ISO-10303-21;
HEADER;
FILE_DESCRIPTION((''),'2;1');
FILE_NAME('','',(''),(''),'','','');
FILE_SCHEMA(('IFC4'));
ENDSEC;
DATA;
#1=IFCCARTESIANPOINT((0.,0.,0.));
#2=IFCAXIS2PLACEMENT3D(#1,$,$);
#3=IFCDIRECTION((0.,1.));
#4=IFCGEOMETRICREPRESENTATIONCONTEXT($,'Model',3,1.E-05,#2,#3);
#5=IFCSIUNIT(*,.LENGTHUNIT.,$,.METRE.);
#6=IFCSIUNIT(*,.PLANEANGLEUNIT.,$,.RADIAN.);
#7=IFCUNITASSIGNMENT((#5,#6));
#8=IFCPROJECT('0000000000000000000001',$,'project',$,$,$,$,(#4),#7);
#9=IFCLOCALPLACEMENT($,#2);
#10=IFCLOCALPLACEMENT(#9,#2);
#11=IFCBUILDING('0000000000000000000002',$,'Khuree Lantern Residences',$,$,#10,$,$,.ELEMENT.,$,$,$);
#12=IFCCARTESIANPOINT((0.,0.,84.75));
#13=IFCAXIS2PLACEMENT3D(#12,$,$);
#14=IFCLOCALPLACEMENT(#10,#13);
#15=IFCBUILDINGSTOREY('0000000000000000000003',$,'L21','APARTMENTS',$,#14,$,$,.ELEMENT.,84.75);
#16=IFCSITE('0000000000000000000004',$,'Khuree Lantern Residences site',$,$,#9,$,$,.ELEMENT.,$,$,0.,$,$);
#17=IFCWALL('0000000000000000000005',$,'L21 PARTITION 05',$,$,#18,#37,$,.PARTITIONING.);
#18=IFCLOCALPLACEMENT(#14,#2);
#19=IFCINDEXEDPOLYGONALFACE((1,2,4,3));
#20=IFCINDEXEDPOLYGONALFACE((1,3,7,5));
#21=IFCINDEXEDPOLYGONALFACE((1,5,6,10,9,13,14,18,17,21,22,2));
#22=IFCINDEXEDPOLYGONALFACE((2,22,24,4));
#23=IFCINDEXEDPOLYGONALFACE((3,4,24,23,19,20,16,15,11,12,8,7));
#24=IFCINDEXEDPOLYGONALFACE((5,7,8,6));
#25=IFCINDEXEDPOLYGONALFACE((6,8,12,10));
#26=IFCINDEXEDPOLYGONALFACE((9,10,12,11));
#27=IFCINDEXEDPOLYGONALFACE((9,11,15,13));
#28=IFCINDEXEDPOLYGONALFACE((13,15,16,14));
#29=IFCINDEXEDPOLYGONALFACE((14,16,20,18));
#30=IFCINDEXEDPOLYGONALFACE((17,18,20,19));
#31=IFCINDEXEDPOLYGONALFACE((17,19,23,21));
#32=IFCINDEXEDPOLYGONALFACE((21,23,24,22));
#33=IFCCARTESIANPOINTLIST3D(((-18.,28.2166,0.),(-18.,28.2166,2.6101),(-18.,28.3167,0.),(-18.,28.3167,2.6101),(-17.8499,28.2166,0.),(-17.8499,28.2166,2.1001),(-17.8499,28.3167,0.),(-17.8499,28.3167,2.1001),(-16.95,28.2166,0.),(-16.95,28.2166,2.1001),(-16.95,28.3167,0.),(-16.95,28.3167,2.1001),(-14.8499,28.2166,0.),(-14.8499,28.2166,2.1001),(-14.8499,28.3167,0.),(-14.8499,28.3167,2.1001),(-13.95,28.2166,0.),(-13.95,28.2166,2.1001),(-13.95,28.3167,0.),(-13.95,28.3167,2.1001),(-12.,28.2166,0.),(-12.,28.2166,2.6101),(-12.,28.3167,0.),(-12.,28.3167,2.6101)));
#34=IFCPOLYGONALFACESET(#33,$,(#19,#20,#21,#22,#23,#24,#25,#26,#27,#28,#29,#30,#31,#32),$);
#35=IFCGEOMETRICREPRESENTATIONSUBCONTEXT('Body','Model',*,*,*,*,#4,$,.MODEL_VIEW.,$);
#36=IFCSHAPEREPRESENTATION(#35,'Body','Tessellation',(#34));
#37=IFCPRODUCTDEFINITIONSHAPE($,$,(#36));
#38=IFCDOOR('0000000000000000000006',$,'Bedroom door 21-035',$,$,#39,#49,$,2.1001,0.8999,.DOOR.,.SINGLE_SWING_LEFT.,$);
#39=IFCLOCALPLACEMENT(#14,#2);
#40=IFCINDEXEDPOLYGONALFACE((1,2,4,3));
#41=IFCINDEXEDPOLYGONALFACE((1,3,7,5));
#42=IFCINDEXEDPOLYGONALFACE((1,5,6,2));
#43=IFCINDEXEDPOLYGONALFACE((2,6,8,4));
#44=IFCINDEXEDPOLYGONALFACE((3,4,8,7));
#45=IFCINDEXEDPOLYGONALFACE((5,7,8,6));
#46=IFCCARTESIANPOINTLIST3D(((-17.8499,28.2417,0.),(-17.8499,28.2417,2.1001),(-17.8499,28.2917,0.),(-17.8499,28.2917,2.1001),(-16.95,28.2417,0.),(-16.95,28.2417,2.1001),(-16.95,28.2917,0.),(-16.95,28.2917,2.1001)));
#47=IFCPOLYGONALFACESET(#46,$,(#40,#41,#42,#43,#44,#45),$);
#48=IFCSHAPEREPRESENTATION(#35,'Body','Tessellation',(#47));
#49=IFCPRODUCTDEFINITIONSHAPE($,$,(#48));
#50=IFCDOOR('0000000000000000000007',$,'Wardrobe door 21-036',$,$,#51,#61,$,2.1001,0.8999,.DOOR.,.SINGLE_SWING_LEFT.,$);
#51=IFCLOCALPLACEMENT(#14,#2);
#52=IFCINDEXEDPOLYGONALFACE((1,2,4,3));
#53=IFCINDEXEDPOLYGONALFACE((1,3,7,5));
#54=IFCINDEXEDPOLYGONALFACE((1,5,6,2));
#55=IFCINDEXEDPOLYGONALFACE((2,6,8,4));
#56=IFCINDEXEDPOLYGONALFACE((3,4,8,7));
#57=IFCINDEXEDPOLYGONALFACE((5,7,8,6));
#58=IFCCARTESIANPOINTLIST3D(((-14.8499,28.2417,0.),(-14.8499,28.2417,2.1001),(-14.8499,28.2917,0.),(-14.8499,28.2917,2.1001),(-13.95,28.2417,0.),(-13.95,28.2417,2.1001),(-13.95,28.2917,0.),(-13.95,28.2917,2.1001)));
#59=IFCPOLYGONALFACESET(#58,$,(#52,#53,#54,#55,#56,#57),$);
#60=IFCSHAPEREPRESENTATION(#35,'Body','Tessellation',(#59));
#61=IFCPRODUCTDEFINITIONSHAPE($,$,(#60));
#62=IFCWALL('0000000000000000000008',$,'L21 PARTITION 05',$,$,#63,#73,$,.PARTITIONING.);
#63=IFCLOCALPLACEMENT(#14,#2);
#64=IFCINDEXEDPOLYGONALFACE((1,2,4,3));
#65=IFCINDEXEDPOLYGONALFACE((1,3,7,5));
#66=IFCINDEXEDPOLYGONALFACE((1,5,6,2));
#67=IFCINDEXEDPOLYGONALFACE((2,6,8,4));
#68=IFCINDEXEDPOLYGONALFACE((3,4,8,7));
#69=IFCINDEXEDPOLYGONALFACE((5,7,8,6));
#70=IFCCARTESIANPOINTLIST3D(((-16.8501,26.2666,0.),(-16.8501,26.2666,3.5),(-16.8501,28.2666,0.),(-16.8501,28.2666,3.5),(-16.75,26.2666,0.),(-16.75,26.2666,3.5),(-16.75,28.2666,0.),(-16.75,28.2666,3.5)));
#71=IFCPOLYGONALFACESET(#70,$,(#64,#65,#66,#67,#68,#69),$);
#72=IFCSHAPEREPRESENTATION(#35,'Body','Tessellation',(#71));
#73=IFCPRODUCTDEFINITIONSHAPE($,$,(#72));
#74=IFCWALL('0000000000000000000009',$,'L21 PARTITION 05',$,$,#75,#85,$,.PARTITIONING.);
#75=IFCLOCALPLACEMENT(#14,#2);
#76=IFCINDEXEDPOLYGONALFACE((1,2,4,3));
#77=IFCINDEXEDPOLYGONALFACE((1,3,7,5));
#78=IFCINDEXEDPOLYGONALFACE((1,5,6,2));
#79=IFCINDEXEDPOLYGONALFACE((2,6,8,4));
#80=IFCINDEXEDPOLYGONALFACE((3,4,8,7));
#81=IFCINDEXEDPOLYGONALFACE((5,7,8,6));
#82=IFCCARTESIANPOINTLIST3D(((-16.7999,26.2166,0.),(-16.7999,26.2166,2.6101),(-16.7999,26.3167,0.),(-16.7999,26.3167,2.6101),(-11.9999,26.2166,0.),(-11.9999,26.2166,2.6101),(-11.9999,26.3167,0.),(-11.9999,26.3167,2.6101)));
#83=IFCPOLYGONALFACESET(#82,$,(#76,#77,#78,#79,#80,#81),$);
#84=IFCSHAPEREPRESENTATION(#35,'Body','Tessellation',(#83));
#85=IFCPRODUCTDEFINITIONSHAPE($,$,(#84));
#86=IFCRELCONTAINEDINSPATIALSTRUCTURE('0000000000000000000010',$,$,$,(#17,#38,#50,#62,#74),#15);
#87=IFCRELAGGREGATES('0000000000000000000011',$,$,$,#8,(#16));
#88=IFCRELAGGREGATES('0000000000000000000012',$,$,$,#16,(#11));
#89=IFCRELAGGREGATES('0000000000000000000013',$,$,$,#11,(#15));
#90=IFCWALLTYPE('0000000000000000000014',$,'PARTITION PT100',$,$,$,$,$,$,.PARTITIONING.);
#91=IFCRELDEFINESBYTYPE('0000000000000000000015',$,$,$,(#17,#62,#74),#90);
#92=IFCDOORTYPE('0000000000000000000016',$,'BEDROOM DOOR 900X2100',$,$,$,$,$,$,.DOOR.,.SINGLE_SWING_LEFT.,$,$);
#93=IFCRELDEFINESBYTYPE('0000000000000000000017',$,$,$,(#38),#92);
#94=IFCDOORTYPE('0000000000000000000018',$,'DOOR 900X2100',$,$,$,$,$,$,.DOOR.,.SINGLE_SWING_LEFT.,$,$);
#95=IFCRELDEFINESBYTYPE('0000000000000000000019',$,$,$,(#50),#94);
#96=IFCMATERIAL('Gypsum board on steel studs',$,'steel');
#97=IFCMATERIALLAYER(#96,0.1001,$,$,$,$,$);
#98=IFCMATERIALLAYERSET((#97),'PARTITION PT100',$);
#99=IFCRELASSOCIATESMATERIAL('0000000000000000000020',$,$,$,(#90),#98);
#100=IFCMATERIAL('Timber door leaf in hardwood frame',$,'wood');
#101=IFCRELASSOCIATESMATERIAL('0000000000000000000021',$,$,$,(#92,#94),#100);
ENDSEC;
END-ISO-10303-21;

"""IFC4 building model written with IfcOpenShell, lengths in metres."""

from ifc_helpers import new_model, si_unit, direction, frame, frame_2d, origin, place, context, subcontext, project, spatial, rectangle, extrude, material, layer, layer_set, type_object, element, fill, save


model = new_model("IFC4")

# Units and contexts
model_context = context("Model", 3, precision=1e-05, world=origin(), true_north=direction((0.0, 1.0)))
body_context = subcontext(model_context, "Body", "Model", "MODEL_VIEW")
ifc_project = project(units=[si_unit("LENGTHUNIT", "METRE"), si_unit("PLANEANGLEUNIT", "RADIAN")], contexts=[model_context])

# Site, building, storey
site_placement = place(None, origin())
site = spatial("IfcSite", under=ifc_project, at=site_placement, Name="Khuree Lantern Residences site", CompositionType="ELEMENT", RefElevation=0.0)
building_placement = place(site_placement, origin())
building = spatial("IfcBuilding", under=site, at=building_placement, Name="Khuree Lantern Residences", CompositionType="ELEMENT")
storey_placement = place(building_placement, frame((0.0, 0.0, 84.75)))
storey = spatial("IfcBuildingStorey", under=building, at=storey_placement, Name="L21", Description="APARTMENTS", CompositionType="ELEMENT", Elevation=84.75)

# Shared definitions
ifc_material_1 = material(Name="Timber door leaf in hardwood frame", Category="wood")

# Shared definitions
ifc_material_2 = material(Name="Gypsum board on steel studs", Category="steel")
ifc_layer_1 = layer(ifc_material_2, 0.1001)
ifc_layer_set_1 = layer_set([ifc_layer_1], Name="PARTITION PT100")
wall_type_1 = type_object("IfcWallType", Name="PARTITION PT100", PredefinedType="PARTITIONING", material=ifc_layer_set_1)

# Shared definitions
door_type_1 = type_object("IfcDoorType", Name="BEDROOM DOOR 900X2100", OperationType="SINGLE_SWING_LEFT", PredefinedType="DOOR", material=ifc_material_1)

# Wall, openings, doors
wall_1_placement = place(storey_placement, frame((-12.0, 28.2666, 0.0), z_axis=(0.0, 0.0, 1.0), x_axis=(-1.0, 0.0, 0.0)))
wall_1 = element("IfcWall", 1, at=wall_1_placement, inside=storey, type_object=wall_type_1, Name="L21 PARTITION 05", PredefinedType="PARTITIONING", context=body_context, shape_type="SweptSolid", body=[
    extrude(rectangle(XDim=6.0, YDim=0.1001, at=frame_2d((3.0, 0.0))), origin(), (0.0, 0.0, 1.0), 2.6101),
])
opening_1_placement = place(wall_1_placement, frame((4.95, 0.0, 0.0)))
opening_1 = element("IfcOpeningElement", 2, at=opening_1_placement, cuts=wall_1, PredefinedType="OPENING", context=body_context, shape_type="SweptSolid", body=[
    extrude(rectangle(XDim=0.8999, YDim=2.1001, at=frame_2d((0.45, 1.05))), frame((0.0, 0.0601, 0.0), z_axis=(0.0, -1.0, 0.0), x_axis=(1.0, 0.0, 0.0)), (0.0, 0.0, 1.0), 0.1201),
])
opening_2_placement = place(wall_1_placement, frame((1.95, 0.0, 0.0)))
opening_2 = element("IfcOpeningElement", 3, at=opening_2_placement, cuts=wall_1, PredefinedType="OPENING", context=body_context, shape_type="SweptSolid", body=[
    extrude(rectangle(XDim=0.8999, YDim=2.1001, at=frame_2d((0.45, 1.05))), frame((0.0, 0.0601, 0.0), z_axis=(0.0, -1.0, 0.0), x_axis=(1.0, 0.0, 0.0)), (0.0, 0.0, 1.0), 0.1201),
])
door_1_placement = place(opening_1_placement, origin())
door_1 = element("IfcDoor", 4, at=door_1_placement, inside=storey, type_object=door_type_1, Name="Bedroom door 21-035", OperationType="SINGLE_SWING_LEFT", OverallHeight=2.1001, OverallWidth=0.8999, PredefinedType="DOOR", context=body_context, shape_type="SweptSolid", body=[
    extrude(rectangle(XDim=0.8999, YDim=2.1001, at=frame_2d((0.45, 1.05))), frame((0.0, 0.0249, 0.0), z_axis=(0.0, -1.0, 0.0), x_axis=(1.0, 0.0, 0.0)), (0.0, 0.0, 1.0), 0.05),
])
fill(opening_1, door_1)
door_type_2 = type_object("IfcDoorType", Name="DOOR 900X2100", OperationType="SINGLE_SWING_LEFT", PredefinedType="DOOR", material=ifc_material_1)
door_2_placement = place(opening_2_placement, origin())
door_2 = element("IfcDoor", 5, at=door_2_placement, inside=storey, type_object=door_type_2, Name="Wardrobe door 21-036", OperationType="SINGLE_SWING_LEFT", OverallHeight=2.1001, OverallWidth=0.8999, PredefinedType="DOOR", context=body_context, shape_type="SweptSolid", body=[
    extrude(rectangle(XDim=0.8999, YDim=2.1001, at=frame_2d((0.45, 1.05))), frame((0.0, 0.0249, 0.0), z_axis=(0.0, -1.0, 0.0), x_axis=(1.0, 0.0, 0.0)), (0.0, 0.0, 1.0), 0.05),
])
fill(opening_2, door_2)

# Walls
wall_2_placement = place(storey_placement, frame((-16.8, 26.2666, 0.0), z_axis=(0.0, 0.0, 1.0), x_axis=(0.0, 1.0, 0.0)))
element("IfcWall", 6, at=wall_2_placement, inside=storey, type_object=wall_type_1, Name="L21 PARTITION 05", PredefinedType="PARTITIONING", context=body_context, shape_type="SweptSolid", body=[
    extrude(rectangle(XDim=2.0, YDim=0.1001, at=frame_2d((1.0, 0.0))), origin(), (0.0, 0.0, 1.0), 3.5),
])
wall_3_placement = place(storey_placement, frame((-12.0, 26.2666, 0.0), z_axis=(0.0, 0.0, 1.0), x_axis=(-1.0, 0.0, 0.0)))
element("IfcWall", 7, at=wall_3_placement, inside=storey, type_object=wall_type_1, Name="L21 PARTITION 05", PredefinedType="PARTITIONING", context=body_context, shape_type="SweptSolid", body=[
    extrude(rectangle(XDim=4.8, YDim=0.1001, at=frame_2d((2.3999, 0.0))), origin(), (0.0, 0.0, 1.0), 2.6101),
])

save(model, "model.ifc")
